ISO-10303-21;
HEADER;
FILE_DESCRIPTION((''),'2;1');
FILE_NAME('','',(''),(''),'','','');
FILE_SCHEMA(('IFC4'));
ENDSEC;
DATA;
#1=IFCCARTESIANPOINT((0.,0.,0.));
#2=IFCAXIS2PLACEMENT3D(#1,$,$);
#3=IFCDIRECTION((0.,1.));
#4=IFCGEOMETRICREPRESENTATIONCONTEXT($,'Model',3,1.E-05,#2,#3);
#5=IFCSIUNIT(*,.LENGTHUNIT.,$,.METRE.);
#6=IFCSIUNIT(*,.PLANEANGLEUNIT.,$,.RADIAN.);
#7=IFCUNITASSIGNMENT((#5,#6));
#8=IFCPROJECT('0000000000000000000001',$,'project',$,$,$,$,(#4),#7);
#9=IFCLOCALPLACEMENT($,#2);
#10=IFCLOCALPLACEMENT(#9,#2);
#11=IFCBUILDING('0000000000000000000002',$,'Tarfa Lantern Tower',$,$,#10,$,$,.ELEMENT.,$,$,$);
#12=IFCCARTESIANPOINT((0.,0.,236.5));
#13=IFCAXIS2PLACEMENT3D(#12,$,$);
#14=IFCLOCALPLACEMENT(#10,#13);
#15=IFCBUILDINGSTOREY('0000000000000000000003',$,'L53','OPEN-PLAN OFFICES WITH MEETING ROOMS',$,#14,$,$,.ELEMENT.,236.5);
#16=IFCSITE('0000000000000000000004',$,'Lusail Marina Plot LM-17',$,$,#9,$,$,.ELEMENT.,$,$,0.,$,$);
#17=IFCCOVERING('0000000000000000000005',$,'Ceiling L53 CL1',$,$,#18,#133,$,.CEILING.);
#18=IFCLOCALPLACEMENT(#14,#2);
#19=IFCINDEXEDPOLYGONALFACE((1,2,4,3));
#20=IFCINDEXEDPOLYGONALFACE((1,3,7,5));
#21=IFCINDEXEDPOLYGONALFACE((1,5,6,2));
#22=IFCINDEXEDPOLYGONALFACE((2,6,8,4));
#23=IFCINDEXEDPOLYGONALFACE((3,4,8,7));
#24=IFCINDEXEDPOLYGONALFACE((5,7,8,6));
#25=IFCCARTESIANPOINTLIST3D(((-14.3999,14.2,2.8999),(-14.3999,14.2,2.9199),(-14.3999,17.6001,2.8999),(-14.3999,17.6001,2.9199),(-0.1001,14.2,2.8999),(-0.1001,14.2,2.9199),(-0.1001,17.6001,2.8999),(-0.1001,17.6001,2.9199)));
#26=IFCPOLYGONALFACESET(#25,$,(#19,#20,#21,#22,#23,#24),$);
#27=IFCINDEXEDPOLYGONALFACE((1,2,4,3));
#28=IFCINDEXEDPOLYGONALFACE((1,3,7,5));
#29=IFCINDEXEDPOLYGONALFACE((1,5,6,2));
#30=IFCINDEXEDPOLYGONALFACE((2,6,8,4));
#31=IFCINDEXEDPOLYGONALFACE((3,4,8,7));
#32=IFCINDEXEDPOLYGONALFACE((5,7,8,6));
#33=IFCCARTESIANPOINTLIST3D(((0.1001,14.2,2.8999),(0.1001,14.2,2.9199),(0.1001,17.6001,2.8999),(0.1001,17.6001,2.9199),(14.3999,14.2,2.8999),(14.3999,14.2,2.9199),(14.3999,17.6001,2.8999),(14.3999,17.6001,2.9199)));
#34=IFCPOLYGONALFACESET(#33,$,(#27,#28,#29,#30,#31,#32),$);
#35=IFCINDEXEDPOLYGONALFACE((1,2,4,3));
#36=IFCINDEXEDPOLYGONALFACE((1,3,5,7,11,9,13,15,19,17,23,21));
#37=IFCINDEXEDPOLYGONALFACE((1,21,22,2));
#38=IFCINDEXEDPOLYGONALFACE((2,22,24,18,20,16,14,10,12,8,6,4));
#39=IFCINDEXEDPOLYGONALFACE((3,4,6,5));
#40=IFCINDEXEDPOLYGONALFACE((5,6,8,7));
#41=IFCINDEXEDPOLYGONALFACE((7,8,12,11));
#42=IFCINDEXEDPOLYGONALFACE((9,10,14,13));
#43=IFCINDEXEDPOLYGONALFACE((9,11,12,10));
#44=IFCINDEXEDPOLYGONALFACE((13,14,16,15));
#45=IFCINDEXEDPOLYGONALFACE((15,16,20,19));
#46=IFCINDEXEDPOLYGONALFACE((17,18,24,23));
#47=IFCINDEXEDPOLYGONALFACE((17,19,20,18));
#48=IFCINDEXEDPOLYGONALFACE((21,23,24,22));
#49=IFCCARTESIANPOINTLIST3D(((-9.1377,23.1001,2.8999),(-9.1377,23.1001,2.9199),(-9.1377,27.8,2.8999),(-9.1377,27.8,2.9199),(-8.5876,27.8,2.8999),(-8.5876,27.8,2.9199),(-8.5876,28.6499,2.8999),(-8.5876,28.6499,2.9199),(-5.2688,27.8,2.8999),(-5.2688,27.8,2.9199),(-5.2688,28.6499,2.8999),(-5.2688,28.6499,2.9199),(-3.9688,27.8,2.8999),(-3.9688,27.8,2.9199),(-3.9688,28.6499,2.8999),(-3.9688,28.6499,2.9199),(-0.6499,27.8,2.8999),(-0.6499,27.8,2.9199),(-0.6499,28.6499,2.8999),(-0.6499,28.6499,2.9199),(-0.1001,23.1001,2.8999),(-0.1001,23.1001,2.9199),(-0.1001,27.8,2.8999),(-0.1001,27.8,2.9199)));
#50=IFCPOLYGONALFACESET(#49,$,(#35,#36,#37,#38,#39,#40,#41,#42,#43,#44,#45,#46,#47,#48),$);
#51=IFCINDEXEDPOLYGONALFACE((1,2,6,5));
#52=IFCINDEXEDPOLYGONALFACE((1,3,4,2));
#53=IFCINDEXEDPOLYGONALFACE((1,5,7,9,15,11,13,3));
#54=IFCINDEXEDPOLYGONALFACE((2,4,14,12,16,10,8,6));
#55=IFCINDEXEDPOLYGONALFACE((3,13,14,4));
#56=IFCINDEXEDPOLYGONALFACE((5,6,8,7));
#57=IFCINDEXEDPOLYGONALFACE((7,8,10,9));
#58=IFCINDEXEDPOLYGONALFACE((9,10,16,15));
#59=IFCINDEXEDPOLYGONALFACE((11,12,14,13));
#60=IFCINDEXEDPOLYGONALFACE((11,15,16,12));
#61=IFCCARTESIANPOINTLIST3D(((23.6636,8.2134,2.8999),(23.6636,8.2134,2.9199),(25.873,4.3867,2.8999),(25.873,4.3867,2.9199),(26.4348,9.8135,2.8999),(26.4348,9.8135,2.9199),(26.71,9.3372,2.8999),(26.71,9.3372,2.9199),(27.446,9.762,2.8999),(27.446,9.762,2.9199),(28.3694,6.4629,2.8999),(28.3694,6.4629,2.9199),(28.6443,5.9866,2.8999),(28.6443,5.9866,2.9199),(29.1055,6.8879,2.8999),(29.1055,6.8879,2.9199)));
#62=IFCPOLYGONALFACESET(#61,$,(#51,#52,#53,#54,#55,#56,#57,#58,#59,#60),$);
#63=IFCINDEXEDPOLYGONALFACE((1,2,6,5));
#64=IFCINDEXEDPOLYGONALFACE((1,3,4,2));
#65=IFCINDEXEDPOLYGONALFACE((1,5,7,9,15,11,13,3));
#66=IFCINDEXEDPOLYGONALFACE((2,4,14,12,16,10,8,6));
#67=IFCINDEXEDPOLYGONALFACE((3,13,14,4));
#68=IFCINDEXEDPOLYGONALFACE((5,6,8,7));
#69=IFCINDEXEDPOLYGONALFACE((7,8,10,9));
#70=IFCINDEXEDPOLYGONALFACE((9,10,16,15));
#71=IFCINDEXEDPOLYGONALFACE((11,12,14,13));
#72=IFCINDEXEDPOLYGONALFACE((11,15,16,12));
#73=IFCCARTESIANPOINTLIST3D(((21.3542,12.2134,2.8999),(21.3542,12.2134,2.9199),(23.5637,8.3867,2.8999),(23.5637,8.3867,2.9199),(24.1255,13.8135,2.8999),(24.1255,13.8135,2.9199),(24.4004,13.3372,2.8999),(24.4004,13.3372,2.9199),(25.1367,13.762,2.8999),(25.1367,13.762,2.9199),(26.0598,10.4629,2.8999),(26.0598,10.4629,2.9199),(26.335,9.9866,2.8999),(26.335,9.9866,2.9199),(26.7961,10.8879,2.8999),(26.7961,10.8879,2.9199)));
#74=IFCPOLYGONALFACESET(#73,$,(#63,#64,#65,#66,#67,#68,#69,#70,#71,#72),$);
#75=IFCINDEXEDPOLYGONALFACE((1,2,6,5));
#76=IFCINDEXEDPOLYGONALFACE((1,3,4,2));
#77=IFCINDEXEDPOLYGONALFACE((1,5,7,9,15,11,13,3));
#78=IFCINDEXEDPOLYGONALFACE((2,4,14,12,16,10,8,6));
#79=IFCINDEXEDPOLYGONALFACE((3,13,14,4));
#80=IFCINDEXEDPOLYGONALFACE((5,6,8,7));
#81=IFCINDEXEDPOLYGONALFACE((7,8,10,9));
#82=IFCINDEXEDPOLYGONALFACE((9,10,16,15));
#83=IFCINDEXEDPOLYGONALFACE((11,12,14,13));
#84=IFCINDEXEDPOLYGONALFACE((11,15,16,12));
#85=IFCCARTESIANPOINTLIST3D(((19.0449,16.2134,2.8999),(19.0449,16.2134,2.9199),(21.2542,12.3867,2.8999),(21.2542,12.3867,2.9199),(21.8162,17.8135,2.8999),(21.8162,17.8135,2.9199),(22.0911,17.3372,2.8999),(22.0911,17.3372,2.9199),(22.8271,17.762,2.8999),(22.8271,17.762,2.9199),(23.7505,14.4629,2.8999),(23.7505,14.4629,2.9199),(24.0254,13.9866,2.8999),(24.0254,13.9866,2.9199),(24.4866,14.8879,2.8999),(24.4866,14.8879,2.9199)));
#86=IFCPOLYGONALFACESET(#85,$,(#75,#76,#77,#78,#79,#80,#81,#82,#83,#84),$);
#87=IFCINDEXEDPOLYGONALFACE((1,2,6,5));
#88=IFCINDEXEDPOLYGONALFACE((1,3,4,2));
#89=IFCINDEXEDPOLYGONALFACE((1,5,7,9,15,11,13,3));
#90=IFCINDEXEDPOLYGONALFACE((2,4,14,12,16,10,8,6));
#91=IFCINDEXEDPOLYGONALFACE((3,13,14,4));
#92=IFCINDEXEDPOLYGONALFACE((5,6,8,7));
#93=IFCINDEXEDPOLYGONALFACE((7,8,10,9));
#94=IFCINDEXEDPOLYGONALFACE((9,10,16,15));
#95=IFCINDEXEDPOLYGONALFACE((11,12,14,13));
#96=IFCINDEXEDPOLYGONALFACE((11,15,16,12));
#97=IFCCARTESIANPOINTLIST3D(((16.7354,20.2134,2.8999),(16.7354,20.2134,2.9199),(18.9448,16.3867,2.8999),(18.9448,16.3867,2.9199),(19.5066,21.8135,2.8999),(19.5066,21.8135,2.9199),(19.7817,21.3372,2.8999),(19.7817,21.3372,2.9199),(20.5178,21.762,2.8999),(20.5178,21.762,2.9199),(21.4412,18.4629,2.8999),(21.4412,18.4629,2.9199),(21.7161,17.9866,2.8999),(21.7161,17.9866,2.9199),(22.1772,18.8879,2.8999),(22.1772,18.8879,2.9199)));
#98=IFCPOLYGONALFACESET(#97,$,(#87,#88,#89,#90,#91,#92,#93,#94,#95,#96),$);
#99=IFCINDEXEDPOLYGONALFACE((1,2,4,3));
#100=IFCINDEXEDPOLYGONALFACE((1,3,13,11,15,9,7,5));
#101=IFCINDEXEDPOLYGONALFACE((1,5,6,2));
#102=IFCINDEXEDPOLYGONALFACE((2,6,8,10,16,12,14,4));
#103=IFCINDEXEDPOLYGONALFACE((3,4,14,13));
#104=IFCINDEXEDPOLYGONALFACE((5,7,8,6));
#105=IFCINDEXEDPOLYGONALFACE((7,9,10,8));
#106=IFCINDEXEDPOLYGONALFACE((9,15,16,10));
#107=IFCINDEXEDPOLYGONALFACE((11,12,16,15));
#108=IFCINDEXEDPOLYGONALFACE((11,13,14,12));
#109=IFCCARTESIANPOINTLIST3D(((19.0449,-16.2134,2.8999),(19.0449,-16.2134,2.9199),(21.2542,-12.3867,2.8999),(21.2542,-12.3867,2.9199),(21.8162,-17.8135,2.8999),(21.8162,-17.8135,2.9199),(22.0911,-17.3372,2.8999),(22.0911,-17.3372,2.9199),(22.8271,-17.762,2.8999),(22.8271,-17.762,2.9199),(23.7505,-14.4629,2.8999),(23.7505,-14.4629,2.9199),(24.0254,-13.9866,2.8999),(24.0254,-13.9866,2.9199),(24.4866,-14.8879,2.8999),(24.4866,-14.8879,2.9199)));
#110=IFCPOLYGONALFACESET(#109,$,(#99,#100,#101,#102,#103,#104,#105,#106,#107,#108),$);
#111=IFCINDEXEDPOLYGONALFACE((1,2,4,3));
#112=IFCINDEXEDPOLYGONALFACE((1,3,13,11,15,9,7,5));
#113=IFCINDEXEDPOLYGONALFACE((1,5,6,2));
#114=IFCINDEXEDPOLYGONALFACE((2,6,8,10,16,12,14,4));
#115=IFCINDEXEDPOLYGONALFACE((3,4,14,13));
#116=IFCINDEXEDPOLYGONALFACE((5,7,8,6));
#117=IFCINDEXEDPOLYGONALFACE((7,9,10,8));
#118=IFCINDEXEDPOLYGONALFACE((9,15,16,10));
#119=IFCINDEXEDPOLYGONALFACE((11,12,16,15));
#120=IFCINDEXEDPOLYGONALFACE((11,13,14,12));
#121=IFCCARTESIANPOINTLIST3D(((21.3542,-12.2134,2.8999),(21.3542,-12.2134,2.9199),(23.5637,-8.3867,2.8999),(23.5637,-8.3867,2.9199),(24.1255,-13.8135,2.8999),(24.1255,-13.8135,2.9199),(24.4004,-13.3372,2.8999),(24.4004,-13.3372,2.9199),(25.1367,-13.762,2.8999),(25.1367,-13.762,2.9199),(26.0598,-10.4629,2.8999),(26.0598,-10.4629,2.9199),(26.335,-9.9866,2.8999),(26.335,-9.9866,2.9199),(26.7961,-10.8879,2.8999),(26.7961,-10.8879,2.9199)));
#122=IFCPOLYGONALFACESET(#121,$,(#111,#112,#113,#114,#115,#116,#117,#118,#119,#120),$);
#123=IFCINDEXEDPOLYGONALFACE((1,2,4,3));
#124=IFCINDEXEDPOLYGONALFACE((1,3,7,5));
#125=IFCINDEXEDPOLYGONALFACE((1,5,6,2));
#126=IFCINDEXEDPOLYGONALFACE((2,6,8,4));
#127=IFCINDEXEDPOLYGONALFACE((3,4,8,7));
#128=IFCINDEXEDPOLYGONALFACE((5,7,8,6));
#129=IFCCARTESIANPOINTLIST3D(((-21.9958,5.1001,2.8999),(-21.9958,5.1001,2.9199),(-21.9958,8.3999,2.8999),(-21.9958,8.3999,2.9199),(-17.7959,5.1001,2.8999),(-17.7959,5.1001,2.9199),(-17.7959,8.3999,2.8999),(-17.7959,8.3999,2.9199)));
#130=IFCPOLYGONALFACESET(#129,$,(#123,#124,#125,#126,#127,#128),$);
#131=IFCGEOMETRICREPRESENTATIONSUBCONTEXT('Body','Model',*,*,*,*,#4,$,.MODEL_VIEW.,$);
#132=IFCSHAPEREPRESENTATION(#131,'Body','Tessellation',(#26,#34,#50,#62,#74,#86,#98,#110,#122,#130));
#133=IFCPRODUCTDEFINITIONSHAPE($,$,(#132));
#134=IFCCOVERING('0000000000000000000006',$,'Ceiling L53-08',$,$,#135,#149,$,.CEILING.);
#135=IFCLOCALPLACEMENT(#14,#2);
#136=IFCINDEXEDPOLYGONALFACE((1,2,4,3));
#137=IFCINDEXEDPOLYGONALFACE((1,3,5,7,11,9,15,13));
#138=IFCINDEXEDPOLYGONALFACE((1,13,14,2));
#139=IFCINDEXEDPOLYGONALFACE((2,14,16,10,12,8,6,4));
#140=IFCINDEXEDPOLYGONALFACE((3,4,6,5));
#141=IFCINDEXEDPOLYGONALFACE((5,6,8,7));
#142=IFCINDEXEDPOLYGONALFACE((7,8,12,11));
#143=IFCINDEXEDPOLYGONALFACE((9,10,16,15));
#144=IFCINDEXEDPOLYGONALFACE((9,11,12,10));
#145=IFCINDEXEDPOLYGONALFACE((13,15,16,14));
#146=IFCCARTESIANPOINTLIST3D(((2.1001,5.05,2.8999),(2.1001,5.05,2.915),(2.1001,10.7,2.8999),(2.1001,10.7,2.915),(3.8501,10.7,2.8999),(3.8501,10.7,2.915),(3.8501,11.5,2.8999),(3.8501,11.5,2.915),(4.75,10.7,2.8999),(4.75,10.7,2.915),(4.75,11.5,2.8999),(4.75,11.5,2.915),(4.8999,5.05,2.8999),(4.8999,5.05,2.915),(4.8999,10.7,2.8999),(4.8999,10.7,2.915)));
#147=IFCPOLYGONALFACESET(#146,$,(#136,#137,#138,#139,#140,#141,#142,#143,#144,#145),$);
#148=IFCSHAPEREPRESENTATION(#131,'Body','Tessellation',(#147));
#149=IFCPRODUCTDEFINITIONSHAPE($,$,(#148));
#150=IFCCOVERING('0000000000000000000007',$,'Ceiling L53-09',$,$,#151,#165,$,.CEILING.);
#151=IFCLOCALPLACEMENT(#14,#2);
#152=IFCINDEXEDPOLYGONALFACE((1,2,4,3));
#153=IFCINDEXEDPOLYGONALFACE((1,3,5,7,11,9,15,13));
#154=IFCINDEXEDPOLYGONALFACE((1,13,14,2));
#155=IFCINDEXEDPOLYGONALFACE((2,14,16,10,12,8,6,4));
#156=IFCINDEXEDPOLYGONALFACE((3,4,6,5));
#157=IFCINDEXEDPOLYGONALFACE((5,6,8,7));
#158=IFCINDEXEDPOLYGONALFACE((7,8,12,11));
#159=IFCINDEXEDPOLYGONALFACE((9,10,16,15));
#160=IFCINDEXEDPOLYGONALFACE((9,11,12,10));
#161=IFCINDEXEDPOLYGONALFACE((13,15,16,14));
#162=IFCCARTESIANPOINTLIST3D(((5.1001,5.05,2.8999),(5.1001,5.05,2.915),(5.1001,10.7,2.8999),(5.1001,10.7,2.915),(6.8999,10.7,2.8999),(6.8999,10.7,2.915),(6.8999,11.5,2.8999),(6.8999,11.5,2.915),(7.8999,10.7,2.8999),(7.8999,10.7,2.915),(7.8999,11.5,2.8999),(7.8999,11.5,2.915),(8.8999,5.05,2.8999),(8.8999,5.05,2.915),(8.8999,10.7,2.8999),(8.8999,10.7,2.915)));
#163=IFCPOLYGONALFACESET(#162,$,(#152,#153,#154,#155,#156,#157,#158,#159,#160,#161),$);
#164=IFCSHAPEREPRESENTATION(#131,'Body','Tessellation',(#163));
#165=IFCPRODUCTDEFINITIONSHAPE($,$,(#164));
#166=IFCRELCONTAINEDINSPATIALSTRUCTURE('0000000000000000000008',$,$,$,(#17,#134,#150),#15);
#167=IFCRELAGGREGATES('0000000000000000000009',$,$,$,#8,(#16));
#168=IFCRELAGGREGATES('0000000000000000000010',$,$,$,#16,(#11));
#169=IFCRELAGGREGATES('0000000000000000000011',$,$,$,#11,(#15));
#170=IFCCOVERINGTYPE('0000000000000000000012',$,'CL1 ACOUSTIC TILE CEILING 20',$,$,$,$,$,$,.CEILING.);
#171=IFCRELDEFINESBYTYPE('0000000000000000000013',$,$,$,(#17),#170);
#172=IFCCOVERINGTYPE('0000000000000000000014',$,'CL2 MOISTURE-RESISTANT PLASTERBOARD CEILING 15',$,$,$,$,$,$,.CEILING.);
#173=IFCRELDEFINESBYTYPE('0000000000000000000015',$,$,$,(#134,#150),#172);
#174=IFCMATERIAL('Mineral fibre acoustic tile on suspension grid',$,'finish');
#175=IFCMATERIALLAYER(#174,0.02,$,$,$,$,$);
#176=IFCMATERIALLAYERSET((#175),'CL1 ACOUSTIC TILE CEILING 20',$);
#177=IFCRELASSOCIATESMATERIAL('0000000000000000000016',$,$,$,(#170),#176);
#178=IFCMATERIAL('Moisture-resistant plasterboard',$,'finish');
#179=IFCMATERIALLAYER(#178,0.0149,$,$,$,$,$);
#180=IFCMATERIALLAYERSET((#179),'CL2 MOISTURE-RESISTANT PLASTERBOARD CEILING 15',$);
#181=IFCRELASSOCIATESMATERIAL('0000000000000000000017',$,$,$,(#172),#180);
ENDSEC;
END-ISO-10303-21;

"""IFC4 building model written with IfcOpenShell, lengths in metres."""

from ifc_helpers import new_model, si_unit, direction, frame, origin, place, context, subcontext, project, spatial, polyline, outline, extrude, material, layer, layer_set, type_object, element, save


model = new_model("IFC4")

# Units and contexts
model_context = context("Model", 3, precision=1e-05, world=origin(), true_north=direction((0.0, 1.0)))
body_context = subcontext(model_context, "Body", "Model", "MODEL_VIEW")
ifc_project = project(units=[si_unit("LENGTHUNIT", "METRE"), si_unit("PLANEANGLEUNIT", "RADIAN")], contexts=[model_context])

# Site, building, storey
site_placement = place(None, origin())
site = spatial("IfcSite", under=ifc_project, at=site_placement, Name="Lusail Marina Plot LM-17", CompositionType="ELEMENT", RefElevation=0.0)
building_placement = place(site_placement, origin())
building = spatial("IfcBuilding", under=site, at=building_placement, Name="Tarfa Lantern Tower", CompositionType="ELEMENT")
storey_placement = place(building_placement, frame((0.0, 0.0, 236.5)))
storey = spatial("IfcBuildingStorey", under=building, at=storey_placement, Name="L53", Description="OPEN-PLAN OFFICES WITH MEETING ROOMS", CompositionType="ELEMENT", Elevation=236.5)

# Coverings
ifc_material_1 = material(Name="Mineral fibre acoustic tile on suspension grid", Category="finish")
ifc_layer_1 = layer(ifc_material_1, 0.02)
ifc_layer_set_1 = layer_set([ifc_layer_1], Name="CL1 ACOUSTIC TILE CEILING 20")
covering_type_1 = type_object("IfcCoveringType", Name="CL1 ACOUSTIC TILE CEILING 20", PredefinedType="CEILING", material=ifc_layer_set_1)
covering_1_placement = place(storey_placement, frame((0.0, 0.0, 2.8999)))
element("IfcCovering", 1, at=covering_1_placement, inside=storey, type_object=covering_type_1, Name="Ceiling L53 CL1", PredefinedType="CEILING", context=body_context, shape_type="SweptSolid", body=[
    extrude(outline(polyline([(-14.3999, 17.6001), (-0.1001, 17.6001), (-0.1001, 14.2), (-14.3999, 14.2), (-14.3999, 17.6001)])), origin(), (0.0, 0.0, 1.0), 0.02),
    extrude(outline(polyline([(0.1001, 17.6001), (14.3999, 17.6001), (14.3999, 14.2), (0.1001, 14.2), (0.1001, 17.6001)])), origin(), (0.0, 0.0, 1.0), 0.02),
    extrude(outline(polyline([(-0.1001, 23.1001), (-9.1377, 23.1001), (-9.1377, 27.8), (-8.5876, 27.8), (-8.5876, 28.6499), (-5.2688, 28.6499), (-5.2688, 27.8), (-3.9688, 27.8), (-3.9688, 28.6499), (-0.6499, 28.6499), (-0.6499, 27.8), (-0.1001, 27.8), (-0.1001, 23.1001)])), origin(), (0.0, 0.0, 1.0), 0.02),
    extrude(outline(polyline([(23.6636, 8.2134), (26.4348, 9.8135), (26.71, 9.3372), (27.446, 9.762), (29.1055, 6.8879), (28.3694, 6.4629), (28.6443, 5.9866), (25.873, 4.3867), (23.6636, 8.2134)])), origin(), (0.0, 0.0, 1.0), 0.02),
    extrude(outline(polyline([(21.3542, 12.2134), (24.1255, 13.8135), (24.4004, 13.3372), (25.1367, 13.762), (26.7961, 10.8879), (26.0598, 10.4629), (26.335, 9.9866), (23.5637, 8.3867), (21.3542, 12.2134)])), origin(), (0.0, 0.0, 1.0), 0.02),
    extrude(outline(polyline([(19.0449, 16.2134), (21.8162, 17.8135), (22.0911, 17.3372), (22.8271, 17.762), (24.4866, 14.8879), (23.7505, 14.4629), (24.0254, 13.9866), (21.2542, 12.3867), (19.0449, 16.2134)])), origin(), (0.0, 0.0, 1.0), 0.02),
    extrude(outline(polyline([(16.7354, 20.2134), (19.5066, 21.8135), (19.7817, 21.3372), (20.5178, 21.762), (22.1772, 18.8879), (21.4412, 18.4629), (21.7161, 17.9866), (18.9448, 16.3867), (16.7354, 20.2134)])), origin(), (0.0, 0.0, 1.0), 0.02),
    extrude(outline(polyline([(21.2542, -12.3867), (24.0254, -13.9866), (23.7505, -14.4629), (24.4866, -14.8879), (22.8271, -17.762), (22.0911, -17.3372), (21.8162, -17.8135), (19.0449, -16.2134), (21.2542, -12.3867)])), origin(), (0.0, 0.0, 1.0), 0.02),
    extrude(outline(polyline([(23.5637, -8.3867), (26.335, -9.9866), (26.0598, -10.4629), (26.7961, -10.8879), (25.1367, -13.762), (24.4004, -13.3372), (24.1255, -13.8135), (21.3542, -12.2134), (23.5637, -8.3867)])), origin(), (0.0, 0.0, 1.0), 0.02),
    extrude(outline(polyline([(-21.9958, 8.3999), (-17.7959, 8.3999), (-17.7959, 5.1001), (-21.9958, 5.1001), (-21.9958, 8.3999)])), origin(), (0.0, 0.0, 1.0), 0.02),
])
ifc_material_2 = material(Name="Moisture-resistant plasterboard", Category="finish")
ifc_layer_2 = layer(ifc_material_2, 0.0149)
ifc_layer_set_2 = layer_set([ifc_layer_2], Name="CL2 MOISTURE-RESISTANT PLASTERBOARD CEILING 15")
covering_type_2 = type_object("IfcCoveringType", Name="CL2 MOISTURE-RESISTANT PLASTERBOARD CEILING 15", PredefinedType="CEILING", material=ifc_layer_set_2)
covering_2_placement = place(storey_placement, frame((0.0, 0.0, 2.8999)))
element("IfcCovering", 2, at=covering_2_placement, inside=storey, type_object=covering_type_2, Name="Ceiling L53-08", PredefinedType="CEILING", context=body_context, shape_type="SweptSolid", body=[
    extrude(outline(polyline([(2.1001, 5.05), (4.8999, 5.05), (4.8999, 10.7), (4.75, 10.7), (4.75, 11.5), (3.8501, 11.5), (3.8501, 10.7), (2.1001, 10.7), (2.1001, 5.05)])), origin(), (0.0, 0.0, 1.0), 0.0151),
])
covering_3_placement = place(storey_placement, frame((0.0, 0.0, 2.8999)))
element("IfcCovering", 3, at=covering_3_placement, inside=storey, type_object=covering_type_2, Name="Ceiling L53-09", PredefinedType="CEILING", context=body_context, shape_type="SweptSolid", body=[
    extrude(outline(polyline([(5.1001, 5.05), (8.8999, 5.05), (8.8999, 10.7), (7.8999, 10.7), (7.8999, 11.5), (6.8999, 11.5), (6.8999, 10.7), (5.1001, 10.7), (5.1001, 5.05)])), origin(), (0.0, 0.0, 1.0), 0.0151),
])

save(model, "model.ifc")
